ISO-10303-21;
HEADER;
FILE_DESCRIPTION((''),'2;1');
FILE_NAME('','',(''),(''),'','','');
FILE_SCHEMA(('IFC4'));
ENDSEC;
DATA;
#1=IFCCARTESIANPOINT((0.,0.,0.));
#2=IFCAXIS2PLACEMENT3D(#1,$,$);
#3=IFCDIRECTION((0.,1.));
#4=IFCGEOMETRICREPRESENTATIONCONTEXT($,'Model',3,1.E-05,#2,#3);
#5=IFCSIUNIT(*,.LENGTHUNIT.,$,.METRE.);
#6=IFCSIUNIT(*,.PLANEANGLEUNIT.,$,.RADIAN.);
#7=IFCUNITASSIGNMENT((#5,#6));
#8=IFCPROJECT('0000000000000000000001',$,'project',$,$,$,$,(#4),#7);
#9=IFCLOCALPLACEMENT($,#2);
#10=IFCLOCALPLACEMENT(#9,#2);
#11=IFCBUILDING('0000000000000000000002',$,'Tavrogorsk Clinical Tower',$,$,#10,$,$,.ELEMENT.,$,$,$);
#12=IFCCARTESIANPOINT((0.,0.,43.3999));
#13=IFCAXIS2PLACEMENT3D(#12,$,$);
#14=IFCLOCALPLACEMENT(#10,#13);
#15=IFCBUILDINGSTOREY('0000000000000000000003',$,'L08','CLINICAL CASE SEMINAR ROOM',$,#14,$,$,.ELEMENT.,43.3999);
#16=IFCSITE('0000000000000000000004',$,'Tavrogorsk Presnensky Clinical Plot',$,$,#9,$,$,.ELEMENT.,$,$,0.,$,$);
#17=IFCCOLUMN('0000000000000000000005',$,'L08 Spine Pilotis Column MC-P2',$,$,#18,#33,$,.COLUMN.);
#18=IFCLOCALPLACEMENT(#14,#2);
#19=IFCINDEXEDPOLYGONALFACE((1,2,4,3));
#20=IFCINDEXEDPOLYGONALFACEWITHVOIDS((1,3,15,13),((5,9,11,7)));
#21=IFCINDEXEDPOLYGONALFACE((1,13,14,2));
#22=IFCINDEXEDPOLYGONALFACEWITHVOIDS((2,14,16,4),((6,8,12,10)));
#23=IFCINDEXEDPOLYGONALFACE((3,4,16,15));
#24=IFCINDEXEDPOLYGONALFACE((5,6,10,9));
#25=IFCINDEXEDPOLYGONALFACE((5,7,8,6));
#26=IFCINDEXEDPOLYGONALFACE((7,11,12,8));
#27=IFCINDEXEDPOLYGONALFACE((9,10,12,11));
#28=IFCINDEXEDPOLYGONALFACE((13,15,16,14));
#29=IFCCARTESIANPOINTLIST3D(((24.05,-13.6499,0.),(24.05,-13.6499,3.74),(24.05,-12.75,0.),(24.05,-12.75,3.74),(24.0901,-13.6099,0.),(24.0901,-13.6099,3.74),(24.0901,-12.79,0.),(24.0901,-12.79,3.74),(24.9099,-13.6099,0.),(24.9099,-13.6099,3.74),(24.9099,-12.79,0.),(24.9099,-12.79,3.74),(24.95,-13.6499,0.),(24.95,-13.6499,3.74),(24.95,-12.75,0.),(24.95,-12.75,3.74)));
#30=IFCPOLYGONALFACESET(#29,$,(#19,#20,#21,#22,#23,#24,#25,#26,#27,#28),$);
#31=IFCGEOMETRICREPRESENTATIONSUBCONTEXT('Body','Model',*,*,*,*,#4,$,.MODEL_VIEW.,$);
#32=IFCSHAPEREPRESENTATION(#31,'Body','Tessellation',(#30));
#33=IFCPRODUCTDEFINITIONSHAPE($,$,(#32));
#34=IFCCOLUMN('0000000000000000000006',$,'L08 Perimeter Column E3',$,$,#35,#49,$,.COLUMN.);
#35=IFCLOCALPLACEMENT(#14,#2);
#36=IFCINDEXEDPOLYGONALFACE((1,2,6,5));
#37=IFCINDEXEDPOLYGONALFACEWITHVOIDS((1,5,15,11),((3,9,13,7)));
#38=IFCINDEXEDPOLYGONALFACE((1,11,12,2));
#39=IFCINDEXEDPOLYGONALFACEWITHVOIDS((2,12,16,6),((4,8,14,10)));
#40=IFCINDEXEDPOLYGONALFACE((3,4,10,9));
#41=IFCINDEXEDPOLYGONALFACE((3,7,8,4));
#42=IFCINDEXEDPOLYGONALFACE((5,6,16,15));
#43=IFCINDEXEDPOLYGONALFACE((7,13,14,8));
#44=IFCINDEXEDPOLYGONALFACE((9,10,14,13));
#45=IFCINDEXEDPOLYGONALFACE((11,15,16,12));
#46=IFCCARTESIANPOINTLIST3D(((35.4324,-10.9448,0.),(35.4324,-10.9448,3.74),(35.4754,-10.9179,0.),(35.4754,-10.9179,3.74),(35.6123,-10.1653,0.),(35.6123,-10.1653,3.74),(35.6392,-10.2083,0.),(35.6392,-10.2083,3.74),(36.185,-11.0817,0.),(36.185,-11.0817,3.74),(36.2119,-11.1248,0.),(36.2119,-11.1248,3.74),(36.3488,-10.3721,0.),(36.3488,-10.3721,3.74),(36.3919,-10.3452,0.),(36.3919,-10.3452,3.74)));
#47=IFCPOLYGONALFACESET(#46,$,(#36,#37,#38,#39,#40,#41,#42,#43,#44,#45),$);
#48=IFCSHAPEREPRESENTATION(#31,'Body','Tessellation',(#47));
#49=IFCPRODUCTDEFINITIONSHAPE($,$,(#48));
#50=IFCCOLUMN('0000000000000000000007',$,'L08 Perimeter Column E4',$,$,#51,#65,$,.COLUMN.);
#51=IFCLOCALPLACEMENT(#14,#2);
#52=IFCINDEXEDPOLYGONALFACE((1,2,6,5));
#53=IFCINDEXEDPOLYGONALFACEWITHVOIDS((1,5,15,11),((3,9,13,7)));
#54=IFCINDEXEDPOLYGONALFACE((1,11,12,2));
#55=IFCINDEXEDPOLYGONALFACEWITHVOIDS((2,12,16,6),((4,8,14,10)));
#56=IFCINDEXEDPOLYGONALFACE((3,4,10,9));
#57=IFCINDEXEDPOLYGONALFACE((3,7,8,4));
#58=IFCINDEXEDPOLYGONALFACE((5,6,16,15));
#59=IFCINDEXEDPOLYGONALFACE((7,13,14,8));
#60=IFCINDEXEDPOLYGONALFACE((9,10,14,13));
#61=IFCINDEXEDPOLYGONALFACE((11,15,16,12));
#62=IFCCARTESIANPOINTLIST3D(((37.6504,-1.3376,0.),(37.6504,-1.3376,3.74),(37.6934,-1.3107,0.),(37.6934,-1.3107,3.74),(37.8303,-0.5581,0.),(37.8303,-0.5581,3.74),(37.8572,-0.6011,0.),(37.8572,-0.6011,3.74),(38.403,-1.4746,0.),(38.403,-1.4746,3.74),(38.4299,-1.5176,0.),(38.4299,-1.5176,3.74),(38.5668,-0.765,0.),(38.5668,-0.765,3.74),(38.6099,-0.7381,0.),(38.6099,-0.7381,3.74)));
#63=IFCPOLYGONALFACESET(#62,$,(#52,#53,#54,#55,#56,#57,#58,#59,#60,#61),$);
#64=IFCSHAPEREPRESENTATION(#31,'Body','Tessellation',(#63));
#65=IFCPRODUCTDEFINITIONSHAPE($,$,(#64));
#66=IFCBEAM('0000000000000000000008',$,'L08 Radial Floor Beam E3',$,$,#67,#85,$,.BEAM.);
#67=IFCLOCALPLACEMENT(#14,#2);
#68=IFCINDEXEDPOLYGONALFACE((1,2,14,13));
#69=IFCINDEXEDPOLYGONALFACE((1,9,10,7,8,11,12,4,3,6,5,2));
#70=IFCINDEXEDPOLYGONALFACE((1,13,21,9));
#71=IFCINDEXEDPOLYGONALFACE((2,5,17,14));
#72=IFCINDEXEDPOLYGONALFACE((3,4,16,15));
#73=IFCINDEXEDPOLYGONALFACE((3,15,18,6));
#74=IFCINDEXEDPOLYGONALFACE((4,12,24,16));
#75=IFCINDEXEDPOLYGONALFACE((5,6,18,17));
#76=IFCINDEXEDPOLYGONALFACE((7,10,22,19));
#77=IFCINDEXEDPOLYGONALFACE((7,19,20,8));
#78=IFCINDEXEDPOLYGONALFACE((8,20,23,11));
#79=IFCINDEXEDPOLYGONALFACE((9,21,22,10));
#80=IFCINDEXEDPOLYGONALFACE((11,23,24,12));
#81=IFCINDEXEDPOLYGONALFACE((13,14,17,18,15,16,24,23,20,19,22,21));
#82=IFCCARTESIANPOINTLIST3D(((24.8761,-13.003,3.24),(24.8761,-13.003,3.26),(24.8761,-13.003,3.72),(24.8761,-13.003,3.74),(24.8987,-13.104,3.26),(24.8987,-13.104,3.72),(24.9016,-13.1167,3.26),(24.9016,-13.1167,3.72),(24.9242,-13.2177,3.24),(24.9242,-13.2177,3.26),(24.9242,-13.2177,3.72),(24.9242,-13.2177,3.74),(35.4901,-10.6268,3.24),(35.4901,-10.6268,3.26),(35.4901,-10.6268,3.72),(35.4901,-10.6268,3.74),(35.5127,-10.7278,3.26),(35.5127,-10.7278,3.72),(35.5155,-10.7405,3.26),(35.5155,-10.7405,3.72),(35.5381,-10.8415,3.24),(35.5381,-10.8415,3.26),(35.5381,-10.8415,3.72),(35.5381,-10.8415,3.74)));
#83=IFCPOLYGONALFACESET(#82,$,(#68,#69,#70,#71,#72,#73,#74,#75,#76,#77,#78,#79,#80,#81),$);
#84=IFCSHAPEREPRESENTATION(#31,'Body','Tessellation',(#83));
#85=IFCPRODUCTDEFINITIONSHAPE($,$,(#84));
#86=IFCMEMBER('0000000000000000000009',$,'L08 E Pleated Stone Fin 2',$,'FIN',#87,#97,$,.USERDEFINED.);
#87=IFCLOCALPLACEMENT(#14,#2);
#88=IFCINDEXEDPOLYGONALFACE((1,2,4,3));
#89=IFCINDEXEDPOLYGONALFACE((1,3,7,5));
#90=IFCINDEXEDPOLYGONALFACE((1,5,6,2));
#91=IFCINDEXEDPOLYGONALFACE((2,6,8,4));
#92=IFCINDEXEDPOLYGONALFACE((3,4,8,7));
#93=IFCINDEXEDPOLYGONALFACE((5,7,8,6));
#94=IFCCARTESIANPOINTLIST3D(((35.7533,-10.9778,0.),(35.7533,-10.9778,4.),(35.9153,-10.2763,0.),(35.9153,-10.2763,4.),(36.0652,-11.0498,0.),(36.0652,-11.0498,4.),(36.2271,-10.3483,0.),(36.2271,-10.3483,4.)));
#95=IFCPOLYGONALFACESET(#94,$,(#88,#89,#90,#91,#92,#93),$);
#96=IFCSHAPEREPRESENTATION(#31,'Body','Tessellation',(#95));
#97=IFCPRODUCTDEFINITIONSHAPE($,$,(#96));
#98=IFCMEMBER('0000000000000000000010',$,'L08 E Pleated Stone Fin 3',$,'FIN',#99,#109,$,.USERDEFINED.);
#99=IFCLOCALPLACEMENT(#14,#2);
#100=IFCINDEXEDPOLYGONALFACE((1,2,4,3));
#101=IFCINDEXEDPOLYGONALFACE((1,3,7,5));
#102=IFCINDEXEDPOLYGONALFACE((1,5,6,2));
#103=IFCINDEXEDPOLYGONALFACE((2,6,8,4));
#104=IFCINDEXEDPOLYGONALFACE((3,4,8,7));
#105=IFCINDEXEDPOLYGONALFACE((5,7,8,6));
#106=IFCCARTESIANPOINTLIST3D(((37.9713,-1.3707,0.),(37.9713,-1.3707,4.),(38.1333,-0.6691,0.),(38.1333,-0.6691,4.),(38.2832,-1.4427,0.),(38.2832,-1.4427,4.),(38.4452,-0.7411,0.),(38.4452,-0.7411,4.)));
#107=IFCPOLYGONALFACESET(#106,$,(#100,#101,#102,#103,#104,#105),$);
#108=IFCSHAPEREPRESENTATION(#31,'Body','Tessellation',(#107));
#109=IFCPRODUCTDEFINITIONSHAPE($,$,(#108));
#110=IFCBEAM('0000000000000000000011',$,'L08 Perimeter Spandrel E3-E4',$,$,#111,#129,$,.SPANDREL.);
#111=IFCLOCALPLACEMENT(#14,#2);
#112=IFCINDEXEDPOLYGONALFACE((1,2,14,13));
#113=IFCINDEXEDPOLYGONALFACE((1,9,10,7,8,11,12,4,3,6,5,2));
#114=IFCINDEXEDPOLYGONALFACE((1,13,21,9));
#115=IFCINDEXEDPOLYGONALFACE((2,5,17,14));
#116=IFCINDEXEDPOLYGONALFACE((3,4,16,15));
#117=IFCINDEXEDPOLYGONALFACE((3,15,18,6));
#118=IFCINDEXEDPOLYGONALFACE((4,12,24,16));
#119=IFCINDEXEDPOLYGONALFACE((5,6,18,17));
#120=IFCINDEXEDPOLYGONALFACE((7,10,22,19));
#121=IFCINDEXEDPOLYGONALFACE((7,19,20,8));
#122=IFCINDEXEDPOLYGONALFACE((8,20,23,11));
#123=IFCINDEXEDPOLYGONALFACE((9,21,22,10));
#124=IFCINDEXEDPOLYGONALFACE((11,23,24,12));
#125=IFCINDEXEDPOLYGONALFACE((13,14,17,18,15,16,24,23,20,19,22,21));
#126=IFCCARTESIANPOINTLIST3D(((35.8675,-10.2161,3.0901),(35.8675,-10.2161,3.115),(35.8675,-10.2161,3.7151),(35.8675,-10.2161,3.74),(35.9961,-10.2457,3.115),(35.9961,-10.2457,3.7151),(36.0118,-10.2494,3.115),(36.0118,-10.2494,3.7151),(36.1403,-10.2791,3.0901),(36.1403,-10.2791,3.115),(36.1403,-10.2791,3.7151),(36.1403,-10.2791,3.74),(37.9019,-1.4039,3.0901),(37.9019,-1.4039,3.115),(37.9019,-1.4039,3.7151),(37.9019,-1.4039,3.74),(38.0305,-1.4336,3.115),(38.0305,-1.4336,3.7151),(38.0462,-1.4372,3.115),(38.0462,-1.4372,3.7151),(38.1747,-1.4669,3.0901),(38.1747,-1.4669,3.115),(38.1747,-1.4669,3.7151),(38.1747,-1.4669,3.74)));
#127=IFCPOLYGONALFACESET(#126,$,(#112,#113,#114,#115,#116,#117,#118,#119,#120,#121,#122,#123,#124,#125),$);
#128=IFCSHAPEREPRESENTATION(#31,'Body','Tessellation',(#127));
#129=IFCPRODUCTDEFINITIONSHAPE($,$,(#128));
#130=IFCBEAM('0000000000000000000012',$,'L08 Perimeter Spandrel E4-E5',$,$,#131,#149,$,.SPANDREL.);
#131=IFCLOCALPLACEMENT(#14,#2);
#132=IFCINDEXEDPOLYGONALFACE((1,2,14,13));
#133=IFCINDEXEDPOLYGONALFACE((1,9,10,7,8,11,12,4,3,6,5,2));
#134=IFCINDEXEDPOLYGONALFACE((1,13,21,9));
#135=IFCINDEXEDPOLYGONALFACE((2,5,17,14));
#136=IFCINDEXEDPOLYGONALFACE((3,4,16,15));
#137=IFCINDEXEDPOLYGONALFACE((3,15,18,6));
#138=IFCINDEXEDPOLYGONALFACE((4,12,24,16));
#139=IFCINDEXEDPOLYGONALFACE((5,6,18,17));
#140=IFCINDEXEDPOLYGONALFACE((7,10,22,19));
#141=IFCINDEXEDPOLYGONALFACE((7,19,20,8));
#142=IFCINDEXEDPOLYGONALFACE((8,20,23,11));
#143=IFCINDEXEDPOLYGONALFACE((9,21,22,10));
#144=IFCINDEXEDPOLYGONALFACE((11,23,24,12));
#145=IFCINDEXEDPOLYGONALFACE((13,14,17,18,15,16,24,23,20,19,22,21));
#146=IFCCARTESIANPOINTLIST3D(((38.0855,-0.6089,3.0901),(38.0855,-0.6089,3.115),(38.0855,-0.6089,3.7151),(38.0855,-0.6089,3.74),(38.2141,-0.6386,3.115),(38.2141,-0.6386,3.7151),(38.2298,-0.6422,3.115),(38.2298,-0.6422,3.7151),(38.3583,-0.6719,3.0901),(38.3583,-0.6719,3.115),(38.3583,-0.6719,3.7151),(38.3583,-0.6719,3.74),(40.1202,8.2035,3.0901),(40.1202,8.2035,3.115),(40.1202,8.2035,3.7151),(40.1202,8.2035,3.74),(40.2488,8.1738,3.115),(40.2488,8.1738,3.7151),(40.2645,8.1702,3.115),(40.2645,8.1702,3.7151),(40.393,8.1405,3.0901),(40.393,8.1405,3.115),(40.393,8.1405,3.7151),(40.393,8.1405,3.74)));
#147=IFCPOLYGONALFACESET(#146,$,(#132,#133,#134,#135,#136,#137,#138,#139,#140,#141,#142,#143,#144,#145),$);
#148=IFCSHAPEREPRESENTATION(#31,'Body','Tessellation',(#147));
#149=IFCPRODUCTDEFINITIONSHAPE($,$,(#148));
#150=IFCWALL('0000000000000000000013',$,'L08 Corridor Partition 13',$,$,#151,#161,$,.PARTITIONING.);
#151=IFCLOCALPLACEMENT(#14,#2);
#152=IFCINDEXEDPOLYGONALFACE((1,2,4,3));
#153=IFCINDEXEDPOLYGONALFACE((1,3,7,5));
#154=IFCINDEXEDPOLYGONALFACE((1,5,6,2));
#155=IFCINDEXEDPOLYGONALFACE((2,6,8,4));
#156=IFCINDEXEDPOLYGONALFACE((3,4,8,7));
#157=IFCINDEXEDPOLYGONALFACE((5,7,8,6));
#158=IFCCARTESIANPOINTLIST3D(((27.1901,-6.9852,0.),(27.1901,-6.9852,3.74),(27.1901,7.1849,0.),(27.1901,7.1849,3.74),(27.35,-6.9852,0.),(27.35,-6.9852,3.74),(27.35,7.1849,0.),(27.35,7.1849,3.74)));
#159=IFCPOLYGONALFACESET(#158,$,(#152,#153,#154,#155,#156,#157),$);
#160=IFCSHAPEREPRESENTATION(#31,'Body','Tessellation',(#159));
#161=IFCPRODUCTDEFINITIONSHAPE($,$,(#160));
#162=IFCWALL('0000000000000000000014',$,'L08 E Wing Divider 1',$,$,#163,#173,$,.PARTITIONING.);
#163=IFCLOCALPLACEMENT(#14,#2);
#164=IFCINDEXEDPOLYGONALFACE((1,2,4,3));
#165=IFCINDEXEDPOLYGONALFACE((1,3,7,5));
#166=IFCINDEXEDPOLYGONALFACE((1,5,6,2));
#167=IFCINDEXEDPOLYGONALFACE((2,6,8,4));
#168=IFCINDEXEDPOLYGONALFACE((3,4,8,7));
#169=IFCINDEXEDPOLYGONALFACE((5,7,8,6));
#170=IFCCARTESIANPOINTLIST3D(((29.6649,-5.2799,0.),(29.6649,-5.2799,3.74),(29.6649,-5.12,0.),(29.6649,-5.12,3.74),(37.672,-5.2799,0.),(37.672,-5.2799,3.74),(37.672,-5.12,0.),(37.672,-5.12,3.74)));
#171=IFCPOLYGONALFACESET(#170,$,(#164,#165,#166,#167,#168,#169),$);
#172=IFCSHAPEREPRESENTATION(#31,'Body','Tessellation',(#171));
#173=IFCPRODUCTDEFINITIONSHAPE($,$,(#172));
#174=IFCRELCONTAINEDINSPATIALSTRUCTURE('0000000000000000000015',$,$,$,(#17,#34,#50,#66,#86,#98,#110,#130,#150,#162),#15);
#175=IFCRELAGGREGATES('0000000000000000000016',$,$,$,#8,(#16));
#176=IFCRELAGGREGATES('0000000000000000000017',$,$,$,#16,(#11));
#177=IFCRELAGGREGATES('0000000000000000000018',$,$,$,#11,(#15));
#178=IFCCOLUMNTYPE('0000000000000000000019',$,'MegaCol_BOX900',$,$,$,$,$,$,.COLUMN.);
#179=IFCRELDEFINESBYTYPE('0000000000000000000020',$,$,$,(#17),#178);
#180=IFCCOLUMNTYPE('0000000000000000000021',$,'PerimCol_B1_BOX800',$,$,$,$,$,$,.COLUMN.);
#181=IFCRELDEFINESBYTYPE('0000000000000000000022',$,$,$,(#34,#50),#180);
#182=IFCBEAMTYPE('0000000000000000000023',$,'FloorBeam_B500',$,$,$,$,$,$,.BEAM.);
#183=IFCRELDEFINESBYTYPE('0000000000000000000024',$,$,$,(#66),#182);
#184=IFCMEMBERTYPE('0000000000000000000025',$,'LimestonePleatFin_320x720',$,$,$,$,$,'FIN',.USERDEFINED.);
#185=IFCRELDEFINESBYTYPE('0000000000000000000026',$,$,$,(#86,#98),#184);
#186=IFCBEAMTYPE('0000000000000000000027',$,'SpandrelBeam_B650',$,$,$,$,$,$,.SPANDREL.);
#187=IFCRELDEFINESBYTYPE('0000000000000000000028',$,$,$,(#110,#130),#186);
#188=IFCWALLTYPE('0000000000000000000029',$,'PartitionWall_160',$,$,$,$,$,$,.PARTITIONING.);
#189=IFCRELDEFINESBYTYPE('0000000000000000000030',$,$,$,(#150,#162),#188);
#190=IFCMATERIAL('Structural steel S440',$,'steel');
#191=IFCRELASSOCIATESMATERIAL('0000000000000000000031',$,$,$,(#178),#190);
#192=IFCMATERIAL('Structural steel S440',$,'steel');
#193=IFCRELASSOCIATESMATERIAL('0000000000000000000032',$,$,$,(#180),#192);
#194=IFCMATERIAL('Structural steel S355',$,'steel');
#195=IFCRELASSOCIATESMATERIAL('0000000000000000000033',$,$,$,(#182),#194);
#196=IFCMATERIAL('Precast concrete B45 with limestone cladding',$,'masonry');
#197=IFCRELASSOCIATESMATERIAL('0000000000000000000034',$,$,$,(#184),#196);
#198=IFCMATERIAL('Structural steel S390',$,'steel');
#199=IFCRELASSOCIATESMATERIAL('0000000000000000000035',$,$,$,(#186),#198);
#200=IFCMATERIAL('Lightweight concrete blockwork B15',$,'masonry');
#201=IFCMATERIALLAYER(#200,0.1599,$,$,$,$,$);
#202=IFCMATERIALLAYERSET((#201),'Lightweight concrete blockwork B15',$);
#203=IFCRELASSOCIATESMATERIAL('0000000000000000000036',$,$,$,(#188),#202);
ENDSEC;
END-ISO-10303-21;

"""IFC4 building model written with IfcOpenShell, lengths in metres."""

from ifc_helpers import new_model, si_unit, direction, frame, frame_2d, origin, origin_2d, place, context, subcontext, project, spatial, rectangle, hollow_rectangle, i_section, extrude, material, layer, layer_set, material_profile, profile_set, type_object, element, save


model = new_model("IFC4")

# Units and contexts
model_context = context("Model", 3, precision=1e-05, world=origin(), true_north=direction((0.0, 1.0)))
body_context = subcontext(model_context, "Body", "Model", "MODEL_VIEW")
ifc_project = project(units=[si_unit("LENGTHUNIT", "METRE"), si_unit("PLANEANGLEUNIT", "RADIAN")], contexts=[model_context])

# Site, building, storey
site_placement = place(None, origin())
site = spatial("IfcSite", under=ifc_project, at=site_placement, Name="Tavrogorsk Presnensky Clinical Plot", CompositionType="ELEMENT", RefElevation=0.0)
building_placement = place(site_placement, origin())
building = spatial("IfcBuilding", under=site, at=building_placement, Name="Tavrogorsk Clinical Tower", CompositionType="ELEMENT")
storey_placement = place(building_placement, frame((0.0, 0.0, 43.3999)))
storey = spatial("IfcBuildingStorey", under=building, at=storey_placement, Name="L08", Description="CLINICAL CASE SEMINAR ROOM", CompositionType="ELEMENT", Elevation=43.3999)

# Columns
ifc_material_1 = material(Name="Structural steel S440", Category="steel")
ifc_material_profile_1 = material_profile(ifc_material_1, hollow_rectangle(XDim=0.8999, YDim=0.8999, WallThickness=0.04, at=origin_2d()), Name="BOX-900x900x40")
ifc_profile_set_1 = profile_set([ifc_material_profile_1], Name="Structural steel S440")
column_type_1 = type_object("IfcColumnType", Name="MegaCol_BOX900", PredefinedType="COLUMN", material=ifc_profile_set_1)
column_placement = place(storey_placement, frame((24.5, -13.2, 0.0), z_axis=(0.0, 0.0, 1.0), x_axis=(1.0, 0.0, 0.0)))
element("IfcColumn", 1, at=column_placement, inside=storey, type_object=column_type_1, Name="L08 Spine Pilotis Column MC-P2", PredefinedType="COLUMN", context=body_context, shape_type="SweptSolid", body=[
    extrude(hollow_rectangle(XDim=0.8999, YDim=0.8999, WallThickness=0.04, at=origin_2d()), origin(), (0.0, 0.0, 1.0), 3.74),
])
ifc_material_2 = material(Name="Structural steel S440", Category="steel")
ifc_material_profile_2 = material_profile(ifc_material_2, hollow_rectangle(XDim=0.8, YDim=0.8, WallThickness=0.0359, at=origin_2d()), Name="BOX-800x800x36")
ifc_profile_set_2 = profile_set([ifc_material_profile_2], Name="Structural steel S440")
column_type_2 = type_object("IfcColumnType", Name="PerimCol_B1_BOX800", PredefinedType="COLUMN", material=ifc_profile_set_2)
for number, where, z_axis, x_axis, name in (
    (2, (35.9121, -10.645, 0.0), (0.0, 0.0, 1.0), (0.97437, -0.224951, 0.0), "L08 Perimeter Column E3"),
    (3, (38.1301, -1.0378, 0.0), (0.0, 0.0, 1.0), (0.97437, -0.224951, 0.0), "L08 Perimeter Column E4"),
):
    element("IfcColumn", number, at=place(storey_placement, frame(where, z_axis=z_axis, x_axis=x_axis)), inside=storey, type_object=column_type_2, Name=name, PredefinedType="COLUMN", context=body_context, shape_type="SweptSolid", body=[
        extrude(hollow_rectangle(XDim=0.8, YDim=0.8, WallThickness=0.0359, at=origin_2d()), origin(), (0.0, 0.0, 1.0), 3.74),
    ])

# Beam
ifc_material_3 = material(Name="Structural steel S355", Category="steel")
ifc_material_profile_3 = material_profile(ifc_material_3, i_section(OverallWidth=0.22, OverallDepth=0.5, WebThickness=0.0129, FlangeThickness=0.02, at=origin_2d()), Name="B-500x220x13x20")
ifc_profile_set_3 = profile_set([ifc_material_profile_3], Name="Structural steel S355")
beam_type_1 = type_object("IfcBeamType", Name="FloorBeam_B500", PredefinedType="BEAM", material=ifc_profile_set_3)
beam_1_placement = place(storey_placement, frame((24.9001, -13.1104, 3.49), z_axis=(0.975844, 0.218468, 0.0), x_axis=(-0.218468, 0.975844, 0.0)))
element("IfcBeam", 4, at=beam_1_placement, inside=storey, type_object=beam_type_1, Name="L08 Radial Floor Beam E3", PredefinedType="BEAM", context=body_context, shape_type="SweptSolid", body=[
    extrude(i_section(OverallWidth=0.22, OverallDepth=0.5, WebThickness=0.0129, FlangeThickness=0.02, at=origin_2d()), origin(), (0.0, 0.0, 1.0), 10.8767),
])

# Members
ifc_material_4 = material(Name="Precast concrete B45 with limestone cladding", Category="masonry")
ifc_material_profile_4 = material_profile(ifc_material_4, rectangle(XDim=0.3201, YDim=0.72, at=origin_2d()), Name="LIMESTONE-FIN-320x720")
ifc_profile_set_4 = profile_set([ifc_material_profile_4], Name="Precast concrete B45 with limestone cladding")
member_type = type_object("IfcMemberType", Name="LimestonePleatFin_320x720", ElementType="FIN", PredefinedType="USERDEFINED", material=ifc_profile_set_4)
for number, where, z_axis, x_axis, name in (
    (5, (35.9902, -10.6631, 0.0), (0.0, 0.0, 1.0), (0.97437, -0.224951, 0.0), "L08 E Pleated Stone Fin 2"),
    (6, (38.2083, -1.0559, 0.0), (0.0, 0.0, 1.0), (0.97437, -0.224951, 0.0), "L08 E Pleated Stone Fin 3"),
):
    element("IfcMember", number, at=place(storey_placement, frame(where, z_axis=z_axis, x_axis=x_axis)), inside=storey, type_object=member_type, Name=name, ObjectType="FIN", PredefinedType="USERDEFINED", context=body_context, shape_type="SweptSolid", body=[
        extrude(rectangle(XDim=0.3201, YDim=0.72, at=origin_2d()), origin(), (0.0, 0.0, 1.0), 4.0),
    ])

# Beams
ifc_material_5 = material(Name="Structural steel S390", Category="steel")
ifc_material_profile_5 = material_profile(ifc_material_5, i_section(OverallWidth=0.28, OverallDepth=0.6499, WebThickness=0.0161, FlangeThickness=0.0249, at=origin_2d()), Name="B-650x280x16x25")
ifc_profile_set_5 = profile_set([ifc_material_profile_5], Name="Structural steel S390")
beam_type_2 = type_object("IfcBeamType", Name="SpandrelBeam_B650", PredefinedType="SPANDREL", material=ifc_profile_set_5)
beam_2_placement = place(storey_placement, frame((36.0039, -10.2476, 3.415), z_axis=(0.224946, 0.974371, 0.0), x_axis=(-0.974371, 0.224946, 0.0)))
element("IfcBeam", 7, at=beam_2_placement, inside=storey, type_object=beam_type_2, Name="L08 Perimeter Spandrel E3-E4", PredefinedType="SPANDREL", context=body_context, shape_type="SweptSolid", body=[
    extrude(i_section(OverallWidth=0.28, OverallDepth=0.6499, WebThickness=0.0161, FlangeThickness=0.0249, at=origin_2d()), origin(), (0.0, 0.0, 1.0), 9.0439),
])
beam_3_placement = place(storey_placement, frame((38.2219, -0.6404, 3.415), z_axis=(0.224972, 0.974365, 0.0), x_axis=(-0.974365, 0.224972, 0.0)))
element("IfcBeam", 8, at=beam_3_placement, inside=storey, type_object=beam_type_2, Name="L08 Perimeter Spandrel E4-E5", PredefinedType="SPANDREL", context=body_context, shape_type="SweptSolid", body=[
    extrude(i_section(OverallWidth=0.28, OverallDepth=0.6499, WebThickness=0.0161, FlangeThickness=0.0249, at=origin_2d()), origin(), (0.0, 0.0, 1.0), 9.0442),
])

# Shared definitions
ifc_material_6 = material(Name="Lightweight concrete blockwork B15", Category="masonry")
ifc_layer = layer(ifc_material_6, 0.1599)
ifc_layer_set = layer_set([ifc_layer], Name="Lightweight concrete blockwork B15")
wall_type = type_object("IfcWallType", Name="PartitionWall_160", PredefinedType="PARTITIONING", material=ifc_layer_set)

# Walls
wall_1_placement = place(storey_placement, frame((27.27, -6.9851, 0.0), z_axis=(0.0, 0.0, 1.0), x_axis=(0.0, 1.0, 0.0)))
element("IfcWall", 9, at=wall_1_placement, inside=storey, type_object=wall_type, Name="L08 Corridor Partition 13", PredefinedType="PARTITIONING", context=body_context, shape_type="SweptSolid", body=[
    extrude(rectangle(XDim=14.1702, YDim=0.1599, at=frame_2d((7.085, 0.0))), origin(), (0.0, 0.0, 1.0), 3.74),
])
wall_2_placement = place(storey_placement, frame((29.665, -5.2, 0.0), z_axis=(0.0, 0.0, 1.0), x_axis=(1.0, 0.0, 0.0)))
element("IfcWall", 10, at=wall_2_placement, inside=storey, type_object=wall_type, Name="L08 E Wing Divider 1", PredefinedType="PARTITIONING", context=body_context, shape_type="SweptSolid", body=[
    extrude(rectangle(XDim=8.0071, YDim=0.1599, at=frame_2d((4.0034, 0.0))), origin(), (0.0, 0.0, 1.0), 3.74),
])

save(model, "model.ifc")
